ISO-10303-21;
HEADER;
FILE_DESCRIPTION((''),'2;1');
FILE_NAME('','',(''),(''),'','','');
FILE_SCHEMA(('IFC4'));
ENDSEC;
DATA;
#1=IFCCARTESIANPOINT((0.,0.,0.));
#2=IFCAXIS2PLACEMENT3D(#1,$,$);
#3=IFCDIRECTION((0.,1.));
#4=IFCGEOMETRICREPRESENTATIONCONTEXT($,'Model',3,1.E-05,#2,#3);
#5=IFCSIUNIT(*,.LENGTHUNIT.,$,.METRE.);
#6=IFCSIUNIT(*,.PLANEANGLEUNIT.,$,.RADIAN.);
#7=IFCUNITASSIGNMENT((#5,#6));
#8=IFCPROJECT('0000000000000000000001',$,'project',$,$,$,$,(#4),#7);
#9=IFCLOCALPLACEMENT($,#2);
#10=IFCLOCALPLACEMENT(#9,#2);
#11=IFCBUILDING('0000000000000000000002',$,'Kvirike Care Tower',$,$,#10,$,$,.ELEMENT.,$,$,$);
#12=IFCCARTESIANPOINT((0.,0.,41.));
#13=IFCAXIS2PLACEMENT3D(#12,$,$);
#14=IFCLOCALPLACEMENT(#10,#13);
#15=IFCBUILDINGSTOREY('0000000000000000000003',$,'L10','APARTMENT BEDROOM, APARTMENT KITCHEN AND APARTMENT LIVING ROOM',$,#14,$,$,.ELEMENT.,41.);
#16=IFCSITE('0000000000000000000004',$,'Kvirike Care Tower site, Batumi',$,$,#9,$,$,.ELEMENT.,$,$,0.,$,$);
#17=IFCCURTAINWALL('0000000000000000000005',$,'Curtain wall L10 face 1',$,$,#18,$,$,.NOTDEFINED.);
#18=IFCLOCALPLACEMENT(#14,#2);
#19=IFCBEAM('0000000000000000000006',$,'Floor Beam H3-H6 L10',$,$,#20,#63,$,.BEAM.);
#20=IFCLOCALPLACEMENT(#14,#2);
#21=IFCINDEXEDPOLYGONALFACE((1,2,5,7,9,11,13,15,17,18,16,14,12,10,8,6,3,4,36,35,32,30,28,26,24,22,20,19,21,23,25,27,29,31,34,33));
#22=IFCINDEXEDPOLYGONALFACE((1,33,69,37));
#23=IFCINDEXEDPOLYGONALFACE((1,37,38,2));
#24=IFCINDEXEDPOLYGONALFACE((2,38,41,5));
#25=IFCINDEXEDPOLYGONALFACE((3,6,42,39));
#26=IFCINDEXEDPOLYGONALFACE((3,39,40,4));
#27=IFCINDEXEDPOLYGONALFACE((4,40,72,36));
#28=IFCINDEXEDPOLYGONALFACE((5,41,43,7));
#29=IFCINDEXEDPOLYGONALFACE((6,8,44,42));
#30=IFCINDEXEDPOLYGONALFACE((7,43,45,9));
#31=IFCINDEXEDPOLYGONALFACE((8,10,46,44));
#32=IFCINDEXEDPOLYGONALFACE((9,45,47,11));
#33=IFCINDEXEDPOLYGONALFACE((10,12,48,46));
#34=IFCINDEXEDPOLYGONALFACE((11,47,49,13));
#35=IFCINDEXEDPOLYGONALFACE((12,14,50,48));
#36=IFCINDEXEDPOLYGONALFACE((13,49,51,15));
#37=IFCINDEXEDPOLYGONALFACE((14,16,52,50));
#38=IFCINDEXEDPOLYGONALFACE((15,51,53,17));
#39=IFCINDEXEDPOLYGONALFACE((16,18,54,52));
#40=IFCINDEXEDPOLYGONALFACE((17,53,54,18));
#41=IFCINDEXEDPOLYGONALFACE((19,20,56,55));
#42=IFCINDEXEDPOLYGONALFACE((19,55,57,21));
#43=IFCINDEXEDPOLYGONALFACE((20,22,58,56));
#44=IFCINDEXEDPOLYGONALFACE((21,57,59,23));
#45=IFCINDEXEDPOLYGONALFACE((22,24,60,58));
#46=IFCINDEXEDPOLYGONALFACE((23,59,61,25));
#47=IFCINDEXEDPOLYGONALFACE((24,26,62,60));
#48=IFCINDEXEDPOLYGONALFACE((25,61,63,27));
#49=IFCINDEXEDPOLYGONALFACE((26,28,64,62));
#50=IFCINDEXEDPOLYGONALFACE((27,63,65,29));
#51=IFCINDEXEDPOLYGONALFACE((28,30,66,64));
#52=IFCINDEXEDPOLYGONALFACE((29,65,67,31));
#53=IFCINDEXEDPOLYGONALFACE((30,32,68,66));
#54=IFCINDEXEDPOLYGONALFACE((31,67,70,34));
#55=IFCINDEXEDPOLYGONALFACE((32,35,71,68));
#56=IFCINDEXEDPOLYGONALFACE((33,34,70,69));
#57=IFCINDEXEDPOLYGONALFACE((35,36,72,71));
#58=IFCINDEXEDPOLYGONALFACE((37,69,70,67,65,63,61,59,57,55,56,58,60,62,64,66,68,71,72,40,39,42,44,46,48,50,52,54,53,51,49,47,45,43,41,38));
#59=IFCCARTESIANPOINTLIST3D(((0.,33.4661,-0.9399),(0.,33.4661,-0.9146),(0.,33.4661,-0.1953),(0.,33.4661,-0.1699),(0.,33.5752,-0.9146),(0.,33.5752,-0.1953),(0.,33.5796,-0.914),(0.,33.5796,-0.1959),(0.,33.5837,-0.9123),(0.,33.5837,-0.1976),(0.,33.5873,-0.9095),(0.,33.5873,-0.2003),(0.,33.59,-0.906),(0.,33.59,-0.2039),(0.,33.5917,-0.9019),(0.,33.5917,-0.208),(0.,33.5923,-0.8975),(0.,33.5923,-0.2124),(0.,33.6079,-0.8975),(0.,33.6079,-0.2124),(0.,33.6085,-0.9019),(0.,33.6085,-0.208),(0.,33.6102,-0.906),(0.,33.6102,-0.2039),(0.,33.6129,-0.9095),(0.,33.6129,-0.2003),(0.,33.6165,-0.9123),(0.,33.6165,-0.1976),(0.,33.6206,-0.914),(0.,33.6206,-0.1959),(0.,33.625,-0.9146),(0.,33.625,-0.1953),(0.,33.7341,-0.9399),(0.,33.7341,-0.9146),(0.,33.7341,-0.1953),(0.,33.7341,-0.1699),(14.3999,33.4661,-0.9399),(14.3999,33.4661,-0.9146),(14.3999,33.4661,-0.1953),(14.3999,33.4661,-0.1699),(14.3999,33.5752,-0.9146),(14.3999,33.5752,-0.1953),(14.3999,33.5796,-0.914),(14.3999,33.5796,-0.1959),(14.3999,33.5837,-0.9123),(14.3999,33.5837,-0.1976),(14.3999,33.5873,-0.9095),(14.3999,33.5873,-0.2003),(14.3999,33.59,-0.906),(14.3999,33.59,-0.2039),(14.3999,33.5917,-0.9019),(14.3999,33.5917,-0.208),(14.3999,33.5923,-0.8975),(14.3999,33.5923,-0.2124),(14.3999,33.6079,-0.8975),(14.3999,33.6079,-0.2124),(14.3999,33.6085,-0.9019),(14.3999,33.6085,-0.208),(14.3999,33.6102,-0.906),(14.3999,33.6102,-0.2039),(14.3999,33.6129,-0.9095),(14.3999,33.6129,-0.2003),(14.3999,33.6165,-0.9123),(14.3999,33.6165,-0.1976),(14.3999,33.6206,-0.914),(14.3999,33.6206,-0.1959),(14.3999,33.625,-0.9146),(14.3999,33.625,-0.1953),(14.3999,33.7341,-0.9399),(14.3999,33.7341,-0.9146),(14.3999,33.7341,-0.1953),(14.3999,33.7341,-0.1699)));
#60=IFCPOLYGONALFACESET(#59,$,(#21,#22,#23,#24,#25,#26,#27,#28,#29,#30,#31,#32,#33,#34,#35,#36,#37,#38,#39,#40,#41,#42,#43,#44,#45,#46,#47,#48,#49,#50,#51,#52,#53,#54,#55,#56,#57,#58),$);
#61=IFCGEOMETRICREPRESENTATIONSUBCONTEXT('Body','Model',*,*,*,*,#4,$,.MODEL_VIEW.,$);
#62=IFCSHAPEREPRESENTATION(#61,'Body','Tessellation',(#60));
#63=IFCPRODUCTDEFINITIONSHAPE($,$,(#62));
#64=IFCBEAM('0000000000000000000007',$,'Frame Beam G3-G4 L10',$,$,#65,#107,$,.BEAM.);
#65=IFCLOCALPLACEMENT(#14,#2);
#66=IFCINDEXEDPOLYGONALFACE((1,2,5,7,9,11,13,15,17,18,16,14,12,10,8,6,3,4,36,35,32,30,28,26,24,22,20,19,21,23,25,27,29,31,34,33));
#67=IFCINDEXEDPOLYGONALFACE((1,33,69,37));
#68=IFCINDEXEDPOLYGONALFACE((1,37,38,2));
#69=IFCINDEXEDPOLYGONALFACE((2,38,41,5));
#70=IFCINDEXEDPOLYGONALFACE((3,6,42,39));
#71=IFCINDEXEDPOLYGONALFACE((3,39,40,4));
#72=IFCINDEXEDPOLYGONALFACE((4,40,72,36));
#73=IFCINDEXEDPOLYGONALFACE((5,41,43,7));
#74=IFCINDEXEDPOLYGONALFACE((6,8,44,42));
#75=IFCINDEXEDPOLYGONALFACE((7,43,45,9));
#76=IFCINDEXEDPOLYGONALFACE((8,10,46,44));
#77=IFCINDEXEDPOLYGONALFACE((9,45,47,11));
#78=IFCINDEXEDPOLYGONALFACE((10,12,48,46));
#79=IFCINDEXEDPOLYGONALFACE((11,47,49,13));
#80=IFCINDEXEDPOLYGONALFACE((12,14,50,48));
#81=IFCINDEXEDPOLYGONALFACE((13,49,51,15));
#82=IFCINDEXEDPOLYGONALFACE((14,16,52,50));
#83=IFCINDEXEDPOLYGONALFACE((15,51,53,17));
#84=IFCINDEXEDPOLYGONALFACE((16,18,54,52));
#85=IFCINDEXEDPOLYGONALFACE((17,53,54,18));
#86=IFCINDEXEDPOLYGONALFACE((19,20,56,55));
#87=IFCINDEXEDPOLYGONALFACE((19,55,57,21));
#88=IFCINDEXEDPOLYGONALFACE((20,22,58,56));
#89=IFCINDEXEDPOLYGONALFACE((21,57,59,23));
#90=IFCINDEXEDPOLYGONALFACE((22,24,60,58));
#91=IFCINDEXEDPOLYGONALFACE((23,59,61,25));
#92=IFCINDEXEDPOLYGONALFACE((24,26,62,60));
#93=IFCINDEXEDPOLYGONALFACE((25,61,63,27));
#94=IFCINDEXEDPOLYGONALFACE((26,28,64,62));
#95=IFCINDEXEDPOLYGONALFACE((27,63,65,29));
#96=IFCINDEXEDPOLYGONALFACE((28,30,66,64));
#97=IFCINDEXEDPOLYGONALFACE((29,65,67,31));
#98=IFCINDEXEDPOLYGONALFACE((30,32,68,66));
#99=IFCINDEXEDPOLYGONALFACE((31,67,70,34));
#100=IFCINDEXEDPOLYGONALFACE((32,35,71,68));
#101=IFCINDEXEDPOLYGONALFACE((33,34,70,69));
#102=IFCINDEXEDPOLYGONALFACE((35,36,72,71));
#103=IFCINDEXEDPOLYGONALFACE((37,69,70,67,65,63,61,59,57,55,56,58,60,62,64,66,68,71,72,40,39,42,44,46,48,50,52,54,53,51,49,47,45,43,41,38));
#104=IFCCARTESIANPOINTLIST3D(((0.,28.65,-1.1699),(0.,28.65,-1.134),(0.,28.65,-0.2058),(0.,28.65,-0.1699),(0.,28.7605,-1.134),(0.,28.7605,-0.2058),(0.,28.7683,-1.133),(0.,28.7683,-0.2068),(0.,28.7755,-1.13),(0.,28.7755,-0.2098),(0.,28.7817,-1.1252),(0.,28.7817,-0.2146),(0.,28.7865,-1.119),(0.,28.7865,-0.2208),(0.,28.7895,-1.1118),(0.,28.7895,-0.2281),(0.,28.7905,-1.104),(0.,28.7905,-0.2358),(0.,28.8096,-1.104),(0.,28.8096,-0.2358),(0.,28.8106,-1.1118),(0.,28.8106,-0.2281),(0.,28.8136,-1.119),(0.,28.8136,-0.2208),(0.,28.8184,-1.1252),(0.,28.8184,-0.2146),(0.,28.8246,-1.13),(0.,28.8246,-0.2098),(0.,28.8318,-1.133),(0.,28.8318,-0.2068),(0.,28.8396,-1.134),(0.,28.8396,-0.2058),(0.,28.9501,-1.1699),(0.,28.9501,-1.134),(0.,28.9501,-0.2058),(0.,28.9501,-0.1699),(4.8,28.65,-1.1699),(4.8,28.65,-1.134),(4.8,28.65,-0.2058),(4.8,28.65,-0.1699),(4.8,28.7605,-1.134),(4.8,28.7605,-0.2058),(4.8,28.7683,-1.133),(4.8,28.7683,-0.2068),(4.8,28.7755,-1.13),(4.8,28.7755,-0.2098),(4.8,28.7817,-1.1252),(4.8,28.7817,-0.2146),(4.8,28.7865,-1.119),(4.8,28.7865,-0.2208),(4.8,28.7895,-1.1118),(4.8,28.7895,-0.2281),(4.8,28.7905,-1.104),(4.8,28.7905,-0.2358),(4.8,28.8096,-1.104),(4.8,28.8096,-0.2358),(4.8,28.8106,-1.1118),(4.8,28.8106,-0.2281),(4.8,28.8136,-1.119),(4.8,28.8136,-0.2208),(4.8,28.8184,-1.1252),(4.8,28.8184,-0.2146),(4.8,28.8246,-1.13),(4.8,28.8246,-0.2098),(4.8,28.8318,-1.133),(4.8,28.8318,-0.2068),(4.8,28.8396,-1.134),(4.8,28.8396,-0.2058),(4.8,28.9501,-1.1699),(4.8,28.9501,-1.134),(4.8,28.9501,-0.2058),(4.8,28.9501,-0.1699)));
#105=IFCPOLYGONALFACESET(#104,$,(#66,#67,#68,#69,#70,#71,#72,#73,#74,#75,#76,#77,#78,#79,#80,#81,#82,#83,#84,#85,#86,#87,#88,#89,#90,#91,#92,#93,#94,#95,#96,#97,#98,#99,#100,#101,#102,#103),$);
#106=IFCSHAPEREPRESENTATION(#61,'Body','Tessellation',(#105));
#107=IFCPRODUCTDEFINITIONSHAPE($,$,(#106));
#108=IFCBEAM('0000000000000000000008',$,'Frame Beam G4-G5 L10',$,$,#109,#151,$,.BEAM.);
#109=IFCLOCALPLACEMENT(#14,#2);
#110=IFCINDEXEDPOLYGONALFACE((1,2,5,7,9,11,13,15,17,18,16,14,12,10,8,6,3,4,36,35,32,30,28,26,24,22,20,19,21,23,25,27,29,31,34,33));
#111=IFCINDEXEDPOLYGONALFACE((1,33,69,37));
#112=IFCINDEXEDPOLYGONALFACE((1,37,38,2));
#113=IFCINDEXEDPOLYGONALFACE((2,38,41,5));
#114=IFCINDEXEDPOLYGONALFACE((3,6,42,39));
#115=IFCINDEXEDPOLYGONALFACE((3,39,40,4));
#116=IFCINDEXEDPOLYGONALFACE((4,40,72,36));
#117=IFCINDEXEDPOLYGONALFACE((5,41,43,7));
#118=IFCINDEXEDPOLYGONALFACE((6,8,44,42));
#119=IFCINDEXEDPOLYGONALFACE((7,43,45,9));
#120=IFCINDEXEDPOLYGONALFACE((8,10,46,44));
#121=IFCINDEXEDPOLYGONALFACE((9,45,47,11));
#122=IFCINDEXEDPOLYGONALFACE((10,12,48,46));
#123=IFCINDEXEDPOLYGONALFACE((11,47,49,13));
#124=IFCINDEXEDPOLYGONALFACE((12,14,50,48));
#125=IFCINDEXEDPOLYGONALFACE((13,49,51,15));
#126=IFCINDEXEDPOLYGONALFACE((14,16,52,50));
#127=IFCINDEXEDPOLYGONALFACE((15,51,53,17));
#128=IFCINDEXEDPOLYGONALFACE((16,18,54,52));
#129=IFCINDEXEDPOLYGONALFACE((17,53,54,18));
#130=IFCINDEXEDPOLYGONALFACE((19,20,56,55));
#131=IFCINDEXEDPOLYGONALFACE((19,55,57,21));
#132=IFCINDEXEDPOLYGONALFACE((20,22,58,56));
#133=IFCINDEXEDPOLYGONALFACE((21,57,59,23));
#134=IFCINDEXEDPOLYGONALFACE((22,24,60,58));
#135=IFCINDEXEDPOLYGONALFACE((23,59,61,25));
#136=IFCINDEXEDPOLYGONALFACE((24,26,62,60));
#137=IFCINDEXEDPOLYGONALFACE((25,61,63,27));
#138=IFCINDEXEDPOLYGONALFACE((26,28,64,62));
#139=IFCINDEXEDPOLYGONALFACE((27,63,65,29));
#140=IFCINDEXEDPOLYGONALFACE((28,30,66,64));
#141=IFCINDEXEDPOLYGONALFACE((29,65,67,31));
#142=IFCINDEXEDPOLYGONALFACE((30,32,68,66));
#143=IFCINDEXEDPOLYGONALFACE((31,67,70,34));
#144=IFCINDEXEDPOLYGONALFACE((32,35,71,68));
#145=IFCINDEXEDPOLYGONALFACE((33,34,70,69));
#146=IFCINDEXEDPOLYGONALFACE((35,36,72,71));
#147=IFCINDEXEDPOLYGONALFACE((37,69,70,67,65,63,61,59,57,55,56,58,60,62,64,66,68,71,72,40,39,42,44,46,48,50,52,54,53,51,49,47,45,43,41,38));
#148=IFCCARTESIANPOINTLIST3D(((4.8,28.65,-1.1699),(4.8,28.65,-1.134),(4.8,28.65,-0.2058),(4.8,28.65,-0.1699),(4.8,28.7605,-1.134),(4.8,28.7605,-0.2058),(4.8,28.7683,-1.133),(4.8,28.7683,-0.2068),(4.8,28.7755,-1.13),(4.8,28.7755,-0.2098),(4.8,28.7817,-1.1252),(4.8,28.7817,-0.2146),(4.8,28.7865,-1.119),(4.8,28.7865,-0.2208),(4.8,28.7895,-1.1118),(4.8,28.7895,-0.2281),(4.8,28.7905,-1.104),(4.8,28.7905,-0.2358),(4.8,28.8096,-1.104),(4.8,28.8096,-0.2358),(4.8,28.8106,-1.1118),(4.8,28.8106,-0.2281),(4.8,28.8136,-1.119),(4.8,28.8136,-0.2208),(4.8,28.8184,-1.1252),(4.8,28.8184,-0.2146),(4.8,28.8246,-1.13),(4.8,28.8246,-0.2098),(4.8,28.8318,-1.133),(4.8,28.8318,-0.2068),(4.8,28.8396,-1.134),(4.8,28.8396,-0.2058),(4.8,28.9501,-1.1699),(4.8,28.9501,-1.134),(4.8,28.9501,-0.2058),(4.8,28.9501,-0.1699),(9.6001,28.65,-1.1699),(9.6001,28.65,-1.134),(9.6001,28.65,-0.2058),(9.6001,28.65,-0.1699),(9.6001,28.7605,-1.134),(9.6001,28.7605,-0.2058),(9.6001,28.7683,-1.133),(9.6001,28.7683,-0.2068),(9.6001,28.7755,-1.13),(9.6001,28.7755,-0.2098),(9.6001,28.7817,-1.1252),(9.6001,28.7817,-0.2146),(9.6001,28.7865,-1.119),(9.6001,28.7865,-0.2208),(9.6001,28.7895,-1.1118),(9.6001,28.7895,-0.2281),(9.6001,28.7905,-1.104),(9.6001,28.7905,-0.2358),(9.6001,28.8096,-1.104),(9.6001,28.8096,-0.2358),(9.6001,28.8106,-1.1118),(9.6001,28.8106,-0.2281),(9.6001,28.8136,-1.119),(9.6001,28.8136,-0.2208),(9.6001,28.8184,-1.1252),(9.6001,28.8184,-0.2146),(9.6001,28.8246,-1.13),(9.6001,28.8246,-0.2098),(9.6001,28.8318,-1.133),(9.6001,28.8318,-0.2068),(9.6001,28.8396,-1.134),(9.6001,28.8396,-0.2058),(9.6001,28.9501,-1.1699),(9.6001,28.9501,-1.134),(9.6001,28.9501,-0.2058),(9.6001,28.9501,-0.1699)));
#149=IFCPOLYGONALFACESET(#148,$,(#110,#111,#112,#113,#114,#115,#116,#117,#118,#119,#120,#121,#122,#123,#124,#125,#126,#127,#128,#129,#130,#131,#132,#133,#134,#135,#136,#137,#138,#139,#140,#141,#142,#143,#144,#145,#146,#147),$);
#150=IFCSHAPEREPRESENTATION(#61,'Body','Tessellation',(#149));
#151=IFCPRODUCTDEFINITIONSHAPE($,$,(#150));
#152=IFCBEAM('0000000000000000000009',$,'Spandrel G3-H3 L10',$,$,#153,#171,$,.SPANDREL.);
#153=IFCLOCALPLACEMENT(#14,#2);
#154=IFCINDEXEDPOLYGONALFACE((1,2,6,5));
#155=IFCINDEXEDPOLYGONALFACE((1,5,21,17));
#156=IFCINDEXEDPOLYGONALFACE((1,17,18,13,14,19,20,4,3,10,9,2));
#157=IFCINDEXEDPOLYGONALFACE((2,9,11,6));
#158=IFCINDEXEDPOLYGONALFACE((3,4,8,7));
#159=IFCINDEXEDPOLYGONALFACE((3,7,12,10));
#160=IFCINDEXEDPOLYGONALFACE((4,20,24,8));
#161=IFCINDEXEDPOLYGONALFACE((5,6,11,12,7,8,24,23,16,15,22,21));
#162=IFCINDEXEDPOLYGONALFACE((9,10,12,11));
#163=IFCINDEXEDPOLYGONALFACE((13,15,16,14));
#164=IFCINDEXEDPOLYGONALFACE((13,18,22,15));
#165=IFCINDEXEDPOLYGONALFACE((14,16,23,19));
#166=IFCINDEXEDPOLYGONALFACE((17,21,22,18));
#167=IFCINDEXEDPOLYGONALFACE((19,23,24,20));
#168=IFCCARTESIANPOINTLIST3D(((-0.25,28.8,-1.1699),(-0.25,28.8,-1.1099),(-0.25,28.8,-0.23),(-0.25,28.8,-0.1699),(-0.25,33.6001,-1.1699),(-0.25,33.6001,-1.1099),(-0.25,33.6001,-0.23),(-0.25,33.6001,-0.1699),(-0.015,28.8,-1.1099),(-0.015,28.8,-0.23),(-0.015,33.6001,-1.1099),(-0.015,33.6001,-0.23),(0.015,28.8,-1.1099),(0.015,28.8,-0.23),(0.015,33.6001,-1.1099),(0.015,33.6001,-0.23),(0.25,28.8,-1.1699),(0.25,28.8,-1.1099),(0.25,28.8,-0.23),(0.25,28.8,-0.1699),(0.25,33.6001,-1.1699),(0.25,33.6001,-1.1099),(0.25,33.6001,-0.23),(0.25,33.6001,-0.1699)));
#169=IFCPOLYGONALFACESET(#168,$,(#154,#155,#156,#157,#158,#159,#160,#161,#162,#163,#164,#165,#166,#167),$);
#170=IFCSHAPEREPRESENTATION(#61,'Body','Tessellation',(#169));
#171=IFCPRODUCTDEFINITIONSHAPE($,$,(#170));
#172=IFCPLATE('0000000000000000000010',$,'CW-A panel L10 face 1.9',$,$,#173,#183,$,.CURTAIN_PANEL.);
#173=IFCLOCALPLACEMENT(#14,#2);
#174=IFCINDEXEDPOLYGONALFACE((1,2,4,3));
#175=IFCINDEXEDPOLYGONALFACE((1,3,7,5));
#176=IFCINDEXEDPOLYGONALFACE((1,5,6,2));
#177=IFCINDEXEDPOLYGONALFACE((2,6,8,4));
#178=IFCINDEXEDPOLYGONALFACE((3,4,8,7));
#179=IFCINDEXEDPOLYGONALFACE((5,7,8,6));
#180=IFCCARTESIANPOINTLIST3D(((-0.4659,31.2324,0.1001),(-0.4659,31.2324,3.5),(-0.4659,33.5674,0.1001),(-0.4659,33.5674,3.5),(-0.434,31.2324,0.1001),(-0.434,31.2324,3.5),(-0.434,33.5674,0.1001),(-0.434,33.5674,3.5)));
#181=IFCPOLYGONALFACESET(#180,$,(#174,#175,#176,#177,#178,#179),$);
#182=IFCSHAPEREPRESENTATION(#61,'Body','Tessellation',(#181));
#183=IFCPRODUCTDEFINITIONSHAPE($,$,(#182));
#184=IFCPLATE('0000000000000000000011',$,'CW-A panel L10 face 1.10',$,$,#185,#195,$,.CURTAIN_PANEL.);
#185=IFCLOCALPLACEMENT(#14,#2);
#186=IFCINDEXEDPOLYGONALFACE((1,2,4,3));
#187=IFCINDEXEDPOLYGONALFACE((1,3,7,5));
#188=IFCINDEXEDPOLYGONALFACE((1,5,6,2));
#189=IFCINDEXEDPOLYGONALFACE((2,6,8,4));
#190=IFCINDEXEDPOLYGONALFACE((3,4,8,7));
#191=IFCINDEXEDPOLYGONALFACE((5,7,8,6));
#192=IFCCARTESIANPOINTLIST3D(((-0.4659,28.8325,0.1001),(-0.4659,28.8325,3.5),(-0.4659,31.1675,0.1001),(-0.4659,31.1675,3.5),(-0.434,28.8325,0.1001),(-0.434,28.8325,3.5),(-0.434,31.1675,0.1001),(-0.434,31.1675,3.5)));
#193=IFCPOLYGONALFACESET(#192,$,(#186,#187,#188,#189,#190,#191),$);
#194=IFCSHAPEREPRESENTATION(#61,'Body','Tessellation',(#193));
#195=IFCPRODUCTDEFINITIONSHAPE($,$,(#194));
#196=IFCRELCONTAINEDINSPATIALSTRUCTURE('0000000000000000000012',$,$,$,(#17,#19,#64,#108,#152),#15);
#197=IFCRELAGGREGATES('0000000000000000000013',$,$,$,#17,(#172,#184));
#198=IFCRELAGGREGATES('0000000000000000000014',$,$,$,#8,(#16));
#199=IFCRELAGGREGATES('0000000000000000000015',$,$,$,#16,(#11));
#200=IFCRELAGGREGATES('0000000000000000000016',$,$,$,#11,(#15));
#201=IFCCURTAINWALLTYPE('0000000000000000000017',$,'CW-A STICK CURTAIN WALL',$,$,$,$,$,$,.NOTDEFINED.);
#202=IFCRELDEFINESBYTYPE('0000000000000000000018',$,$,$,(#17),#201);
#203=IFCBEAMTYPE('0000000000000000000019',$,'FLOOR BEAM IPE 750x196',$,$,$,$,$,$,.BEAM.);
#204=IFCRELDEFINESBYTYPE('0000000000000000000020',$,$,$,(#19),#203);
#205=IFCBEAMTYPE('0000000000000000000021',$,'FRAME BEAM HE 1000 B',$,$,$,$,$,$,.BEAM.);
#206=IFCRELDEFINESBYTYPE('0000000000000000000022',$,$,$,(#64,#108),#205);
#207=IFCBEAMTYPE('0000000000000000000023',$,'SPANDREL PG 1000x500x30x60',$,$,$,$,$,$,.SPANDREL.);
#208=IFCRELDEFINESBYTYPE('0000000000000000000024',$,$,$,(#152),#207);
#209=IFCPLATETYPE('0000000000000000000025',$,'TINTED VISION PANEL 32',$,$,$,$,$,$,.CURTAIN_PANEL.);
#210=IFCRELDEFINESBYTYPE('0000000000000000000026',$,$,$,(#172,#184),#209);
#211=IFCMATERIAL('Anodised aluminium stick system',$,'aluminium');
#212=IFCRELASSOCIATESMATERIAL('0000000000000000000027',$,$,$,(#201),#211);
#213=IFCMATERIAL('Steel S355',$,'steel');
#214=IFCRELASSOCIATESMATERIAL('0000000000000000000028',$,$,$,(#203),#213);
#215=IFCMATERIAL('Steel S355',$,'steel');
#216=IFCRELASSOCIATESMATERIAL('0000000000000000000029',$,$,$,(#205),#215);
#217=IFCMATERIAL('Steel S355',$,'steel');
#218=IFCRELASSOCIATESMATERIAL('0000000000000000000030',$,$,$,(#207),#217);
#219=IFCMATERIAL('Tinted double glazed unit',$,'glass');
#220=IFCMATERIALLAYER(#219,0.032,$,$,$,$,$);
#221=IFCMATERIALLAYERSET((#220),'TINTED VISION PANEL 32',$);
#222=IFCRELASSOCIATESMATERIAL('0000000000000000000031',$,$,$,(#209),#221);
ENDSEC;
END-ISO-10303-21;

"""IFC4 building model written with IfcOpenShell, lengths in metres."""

from ifc_helpers import new_model, si_unit, direction, frame, origin, origin_2d, place, context, subcontext, project, spatial, rectangle, i_section, extrude, material, layer, layer_set, material_profile, profile_set, type_object, element, aggregate, save


model = new_model("IFC4")

# Units and contexts
model_context = context("Model", 3, precision=1e-05, world=origin(), true_north=direction((0.0, 1.0)))
body_context = subcontext(model_context, "Body", "Model", "MODEL_VIEW")
ifc_project = project(units=[si_unit("LENGTHUNIT", "METRE"), si_unit("PLANEANGLEUNIT", "RADIAN")], contexts=[model_context])

# Site, building, storey
site_placement = place(None, origin())
site = spatial("IfcSite", under=ifc_project, at=site_placement, Name="Kvirike Care Tower site, Batumi", CompositionType="ELEMENT", RefElevation=0.0)
building_placement = place(site_placement, origin())
building = spatial("IfcBuilding", under=site, at=building_placement, Name="Kvirike Care Tower", CompositionType="ELEMENT")
storey_placement = place(building_placement, frame((0.0, 0.0, 41.0)))
storey = spatial("IfcBuildingStorey", under=building, at=storey_placement, Name="L10", Description="APARTMENT BEDROOM, APARTMENT KITCHEN AND APARTMENT LIVING ROOM", CompositionType="ELEMENT", Elevation=41.0)

# Curtain wall
ifc_material_1 = material(Name="Anodised aluminium stick system", Category="aluminium")
curtain_wall_type = type_object("IfcCurtainWallType", Name="CW-A STICK CURTAIN WALL", PredefinedType="NOTDEFINED", material=ifc_material_1)
curtain_wall_placement = place(storey_placement, origin())
curtain_wall = element("IfcCurtainWall", 1, at=curtain_wall_placement, inside=storey, type_object=curtain_wall_type, Name="Curtain wall L10 face 1", PredefinedType="NOTDEFINED")

# Beams
ifc_material_2 = material(Name="Steel S355", Category="steel")
ifc_material_profile_1 = material_profile(ifc_material_2, i_section(OverallWidth=0.2681, OverallDepth=0.77, WebThickness=0.0156, FlangeThickness=0.0254, FilletRadius=0.0171, at=origin_2d()), Name="IPE 750x196")
ifc_profile_set_1 = profile_set([ifc_material_profile_1], Name="Steel S355")
beam_type_1 = type_object("IfcBeamType", Name="FLOOR BEAM IPE 750x196", PredefinedType="BEAM", material=ifc_profile_set_1)
beam_1_placement = place(storey_placement, frame((0.0, 33.6001, -0.5549), z_axis=(1.0, 0.0, 0.0), x_axis=(0.0, 1.0, 0.0)))
element("IfcBeam", 2, at=beam_1_placement, inside=storey, type_object=beam_type_1, Name="Floor Beam H3-H6 L10", PredefinedType="BEAM", context=body_context, shape_type="SweptSolid", body=[
    extrude(i_section(OverallWidth=0.2681, OverallDepth=0.77, WebThickness=0.0156, FlangeThickness=0.0254, FilletRadius=0.0171, at=origin_2d()), origin(), (0.0, 0.0, 1.0), 14.3999),
])
ifc_material_3 = material(Name="Steel S355", Category="steel")
ifc_material_profile_2 = material_profile(ifc_material_3, i_section(OverallWidth=0.3, OverallDepth=1.0, WebThickness=0.019, FlangeThickness=0.0359, FilletRadius=0.03, at=origin_2d()), Name="HE 1000 B")
ifc_profile_set_2 = profile_set([ifc_material_profile_2], Name="Steel S355")
beam_type_2 = type_object("IfcBeamType", Name="FRAME BEAM HE 1000 B", PredefinedType="BEAM", material=ifc_profile_set_2)
for number, where, z_axis, x_axis, name in (
    (3, (0.0, 28.8, -0.6699), (1.0, 0.0, 0.0), (0.0, 1.0, 0.0), "Frame Beam G3-G4 L10"),
    (4, (4.8, 28.8, -0.6699), (1.0, 0.0, 0.0), (0.0, 1.0, 0.0), "Frame Beam G4-G5 L10"),
):
    element("IfcBeam", number, at=place(storey_placement, frame(where, z_axis=z_axis, x_axis=x_axis)), inside=storey, type_object=beam_type_2, Name=name, PredefinedType="BEAM", context=body_context, shape_type="SweptSolid", body=[
        extrude(i_section(OverallWidth=0.3, OverallDepth=1.0, WebThickness=0.019, FlangeThickness=0.0359, FilletRadius=0.03, at=origin_2d()), origin(), (0.0, 0.0, 1.0), 4.8),
    ])
ifc_material_4 = material(Name="Steel S355", Category="steel")
ifc_material_profile_3 = material_profile(ifc_material_4, i_section(OverallWidth=0.5, OverallDepth=1.0, WebThickness=0.03, FlangeThickness=0.0601, at=origin_2d()), Name="PG 1000x500x30x60")
ifc_profile_set_3 = profile_set([ifc_material_profile_3], Name="Steel S355")
beam_type_3 = type_object("IfcBeamType", Name="SPANDREL PG 1000x500x30x60", PredefinedType="SPANDREL", material=ifc_profile_set_3)
beam_2_placement = place(storey_placement, frame((0.0, 28.8, -0.6699), z_axis=(0.0, 1.0, 0.0), x_axis=(-1.0, 0.0, 0.0)))
element("IfcBeam", 5, at=beam_2_placement, inside=storey, type_object=beam_type_3, Name="Spandrel G3-H3 L10", PredefinedType="SPANDREL", context=body_context, shape_type="SweptSolid", body=[
    extrude(i_section(OverallWidth=0.5, OverallDepth=1.0, WebThickness=0.03, FlangeThickness=0.0601, at=origin_2d()), origin(), (0.0, 0.0, 1.0), 4.8),
])

# Plates
ifc_material_5 = material(Name="Tinted double glazed unit", Category="glass")
ifc_layer_1 = layer(ifc_material_5, 0.032)
ifc_layer_set_1 = layer_set([ifc_layer_1], Name="TINTED VISION PANEL 32")
plate_type = type_object("IfcPlateType", Name="TINTED VISION PANEL 32", PredefinedType="CURTAIN_PANEL", material=ifc_layer_set_1)
plate_1_placement = place(storey_placement, frame((-0.45, 32.3999, 0.1001), z_axis=(0.0, 0.0, 1.0), x_axis=(0.0, -1.0, 0.0)))
plate_1 = element("IfcPlate", 6, at=plate_1_placement, type_object=plate_type, Name="CW-A panel L10 face 1.9", PredefinedType="CURTAIN_PANEL", context=body_context, shape_type="SweptSolid", body=[
    extrude(rectangle(XDim=2.335, YDim=0.032, at=origin_2d()), origin(), (0.0, 0.0, 1.0), 3.3999),
])
plate_2_placement = place(storey_placement, frame((-0.45, 30.0, 0.1001), z_axis=(0.0, 0.0, 1.0), x_axis=(0.0, -1.0, 0.0)))
plate_2 = element("IfcPlate", 7, at=plate_2_placement, type_object=plate_type, Name="CW-A panel L10 face 1.10", PredefinedType="CURTAIN_PANEL", context=body_context, shape_type="SweptSolid", body=[
    extrude(rectangle(XDim=2.335, YDim=0.032, at=origin_2d()), origin(), (0.0, 0.0, 1.0), 3.3999),
])
aggregate(curtain_wall, [plate_1, plate_2])

save(model, "model.ifc")
